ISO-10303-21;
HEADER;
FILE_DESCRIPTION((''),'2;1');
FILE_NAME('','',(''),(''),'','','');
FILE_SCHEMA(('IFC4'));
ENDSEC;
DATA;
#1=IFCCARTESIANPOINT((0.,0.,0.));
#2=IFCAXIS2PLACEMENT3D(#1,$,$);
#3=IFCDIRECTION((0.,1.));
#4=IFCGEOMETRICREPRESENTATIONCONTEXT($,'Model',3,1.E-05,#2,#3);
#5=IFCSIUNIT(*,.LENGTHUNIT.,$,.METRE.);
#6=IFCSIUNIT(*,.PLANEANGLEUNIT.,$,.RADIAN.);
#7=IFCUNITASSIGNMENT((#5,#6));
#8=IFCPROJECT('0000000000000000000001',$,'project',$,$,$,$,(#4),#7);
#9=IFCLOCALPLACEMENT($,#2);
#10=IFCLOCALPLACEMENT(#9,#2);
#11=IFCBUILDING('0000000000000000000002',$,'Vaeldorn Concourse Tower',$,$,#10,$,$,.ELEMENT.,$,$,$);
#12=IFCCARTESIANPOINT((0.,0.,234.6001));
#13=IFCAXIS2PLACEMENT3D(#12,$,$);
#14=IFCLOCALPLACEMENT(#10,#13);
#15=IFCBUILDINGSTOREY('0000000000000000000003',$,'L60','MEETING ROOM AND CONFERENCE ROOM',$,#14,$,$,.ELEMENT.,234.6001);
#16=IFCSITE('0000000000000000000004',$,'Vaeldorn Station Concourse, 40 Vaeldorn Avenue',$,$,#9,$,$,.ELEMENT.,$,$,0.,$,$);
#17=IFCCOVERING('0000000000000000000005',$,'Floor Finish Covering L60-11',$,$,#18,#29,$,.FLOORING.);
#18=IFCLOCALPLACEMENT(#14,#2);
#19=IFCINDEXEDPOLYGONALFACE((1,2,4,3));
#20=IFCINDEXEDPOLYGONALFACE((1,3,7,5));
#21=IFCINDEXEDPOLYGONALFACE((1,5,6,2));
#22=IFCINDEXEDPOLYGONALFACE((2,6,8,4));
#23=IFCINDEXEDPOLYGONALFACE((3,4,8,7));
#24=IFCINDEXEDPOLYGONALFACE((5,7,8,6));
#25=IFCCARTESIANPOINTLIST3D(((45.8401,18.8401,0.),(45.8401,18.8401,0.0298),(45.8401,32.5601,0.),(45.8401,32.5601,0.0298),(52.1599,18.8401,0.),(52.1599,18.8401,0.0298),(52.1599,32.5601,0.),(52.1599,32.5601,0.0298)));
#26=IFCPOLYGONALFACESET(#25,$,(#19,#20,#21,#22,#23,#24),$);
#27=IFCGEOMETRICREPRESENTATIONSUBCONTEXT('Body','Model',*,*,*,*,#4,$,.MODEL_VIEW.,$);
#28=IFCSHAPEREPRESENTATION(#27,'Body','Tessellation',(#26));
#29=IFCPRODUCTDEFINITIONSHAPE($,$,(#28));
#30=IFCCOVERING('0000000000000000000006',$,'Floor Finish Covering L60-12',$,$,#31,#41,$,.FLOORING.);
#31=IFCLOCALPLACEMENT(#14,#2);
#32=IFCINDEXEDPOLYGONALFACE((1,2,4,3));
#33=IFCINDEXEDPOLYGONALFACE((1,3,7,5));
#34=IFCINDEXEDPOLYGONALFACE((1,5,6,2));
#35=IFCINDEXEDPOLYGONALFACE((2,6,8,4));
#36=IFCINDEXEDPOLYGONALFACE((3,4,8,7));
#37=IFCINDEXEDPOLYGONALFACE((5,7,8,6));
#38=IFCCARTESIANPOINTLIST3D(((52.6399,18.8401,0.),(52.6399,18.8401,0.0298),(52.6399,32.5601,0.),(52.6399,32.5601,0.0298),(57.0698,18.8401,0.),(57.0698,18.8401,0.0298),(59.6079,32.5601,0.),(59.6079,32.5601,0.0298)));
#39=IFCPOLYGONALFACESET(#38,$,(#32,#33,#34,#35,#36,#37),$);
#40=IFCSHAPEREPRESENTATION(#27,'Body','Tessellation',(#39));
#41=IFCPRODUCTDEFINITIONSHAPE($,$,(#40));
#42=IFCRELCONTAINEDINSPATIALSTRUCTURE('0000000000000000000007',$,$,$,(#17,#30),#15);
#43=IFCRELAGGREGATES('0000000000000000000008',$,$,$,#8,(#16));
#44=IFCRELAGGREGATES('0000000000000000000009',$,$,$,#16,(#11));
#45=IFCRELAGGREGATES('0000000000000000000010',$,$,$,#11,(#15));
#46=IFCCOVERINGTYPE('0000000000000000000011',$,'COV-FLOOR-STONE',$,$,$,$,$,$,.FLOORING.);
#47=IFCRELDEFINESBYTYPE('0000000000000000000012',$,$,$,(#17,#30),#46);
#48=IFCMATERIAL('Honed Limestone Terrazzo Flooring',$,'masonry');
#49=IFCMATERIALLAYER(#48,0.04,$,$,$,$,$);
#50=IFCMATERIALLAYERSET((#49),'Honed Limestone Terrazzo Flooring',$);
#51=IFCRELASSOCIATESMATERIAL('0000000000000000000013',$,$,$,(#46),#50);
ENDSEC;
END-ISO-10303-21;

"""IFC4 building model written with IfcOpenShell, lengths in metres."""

from ifc_helpers import new_model, si_unit, direction, frame, origin, place, context, subcontext, project, spatial, polyline, outline, extrude, material, layer, layer_set, type_object, element, save


model = new_model("IFC4")

# Units and contexts
model_context = context("Model", 3, precision=1e-05, world=origin(), true_north=direction((0.0, 1.0)))
body_context = subcontext(model_context, "Body", "Model", "MODEL_VIEW")
ifc_project = project(units=[si_unit("LENGTHUNIT", "METRE"), si_unit("PLANEANGLEUNIT", "RADIAN")], contexts=[model_context])

# Site, building, storey
site_placement = place(None, origin())
site = spatial("IfcSite", under=ifc_project, at=site_placement, Name="Vaeldorn Station Concourse, 40 Vaeldorn Avenue", CompositionType="ELEMENT", RefElevation=0.0)
building_placement = place(site_placement, origin())
building = spatial("IfcBuilding", under=site, at=building_placement, Name="Vaeldorn Concourse Tower", CompositionType="ELEMENT")
storey_placement = place(building_placement, frame((0.0, 0.0, 234.6001)))
storey = spatial("IfcBuildingStorey", under=building, at=storey_placement, Name="L60", Description="MEETING ROOM AND CONFERENCE ROOM", CompositionType="ELEMENT", Elevation=234.6001)

# Coverings
ifc_material_1 = material(Name="Honed Limestone Terrazzo Flooring", Category="masonry")
ifc_layer_1 = layer(ifc_material_1, 0.04)
ifc_layer_set_1 = layer_set([ifc_layer_1], Name="Honed Limestone Terrazzo Flooring")
covering_type_1 = type_object("IfcCoveringType", Name="COV-FLOOR-STONE", PredefinedType="FLOORING", material=ifc_layer_set_1)
covering_1_placement = place(storey_placement, origin())
element("IfcCovering", 1, at=covering_1_placement, inside=storey, type_object=covering_type_1, Name="Floor Finish Covering L60-11", PredefinedType="FLOORING", context=body_context, shape_type="SweptSolid", body=[
    extrude(outline(polyline([(45.8401, 32.5601), (52.1599, 32.5601), (52.1599, 18.8401), (45.8401, 18.8401), (45.8401, 32.5601)])), origin(), (0.0, 0.0, 1.0), 0.0298),
])
covering_2_placement = place(storey_placement, origin())
element("IfcCovering", 2, at=covering_2_placement, inside=storey, type_object=covering_type_1, Name="Floor Finish Covering L60-12", PredefinedType="FLOORING", context=body_context, shape_type="SweptSolid", body=[
    extrude(outline(polyline([(52.6399, 18.8401), (52.6399, 32.5601), (59.6079, 32.5601), (57.0698, 18.8401), (52.6399, 18.8401)])), origin(), (0.0, 0.0, 1.0), 0.0298),
])

save(model, "model.ifc")
